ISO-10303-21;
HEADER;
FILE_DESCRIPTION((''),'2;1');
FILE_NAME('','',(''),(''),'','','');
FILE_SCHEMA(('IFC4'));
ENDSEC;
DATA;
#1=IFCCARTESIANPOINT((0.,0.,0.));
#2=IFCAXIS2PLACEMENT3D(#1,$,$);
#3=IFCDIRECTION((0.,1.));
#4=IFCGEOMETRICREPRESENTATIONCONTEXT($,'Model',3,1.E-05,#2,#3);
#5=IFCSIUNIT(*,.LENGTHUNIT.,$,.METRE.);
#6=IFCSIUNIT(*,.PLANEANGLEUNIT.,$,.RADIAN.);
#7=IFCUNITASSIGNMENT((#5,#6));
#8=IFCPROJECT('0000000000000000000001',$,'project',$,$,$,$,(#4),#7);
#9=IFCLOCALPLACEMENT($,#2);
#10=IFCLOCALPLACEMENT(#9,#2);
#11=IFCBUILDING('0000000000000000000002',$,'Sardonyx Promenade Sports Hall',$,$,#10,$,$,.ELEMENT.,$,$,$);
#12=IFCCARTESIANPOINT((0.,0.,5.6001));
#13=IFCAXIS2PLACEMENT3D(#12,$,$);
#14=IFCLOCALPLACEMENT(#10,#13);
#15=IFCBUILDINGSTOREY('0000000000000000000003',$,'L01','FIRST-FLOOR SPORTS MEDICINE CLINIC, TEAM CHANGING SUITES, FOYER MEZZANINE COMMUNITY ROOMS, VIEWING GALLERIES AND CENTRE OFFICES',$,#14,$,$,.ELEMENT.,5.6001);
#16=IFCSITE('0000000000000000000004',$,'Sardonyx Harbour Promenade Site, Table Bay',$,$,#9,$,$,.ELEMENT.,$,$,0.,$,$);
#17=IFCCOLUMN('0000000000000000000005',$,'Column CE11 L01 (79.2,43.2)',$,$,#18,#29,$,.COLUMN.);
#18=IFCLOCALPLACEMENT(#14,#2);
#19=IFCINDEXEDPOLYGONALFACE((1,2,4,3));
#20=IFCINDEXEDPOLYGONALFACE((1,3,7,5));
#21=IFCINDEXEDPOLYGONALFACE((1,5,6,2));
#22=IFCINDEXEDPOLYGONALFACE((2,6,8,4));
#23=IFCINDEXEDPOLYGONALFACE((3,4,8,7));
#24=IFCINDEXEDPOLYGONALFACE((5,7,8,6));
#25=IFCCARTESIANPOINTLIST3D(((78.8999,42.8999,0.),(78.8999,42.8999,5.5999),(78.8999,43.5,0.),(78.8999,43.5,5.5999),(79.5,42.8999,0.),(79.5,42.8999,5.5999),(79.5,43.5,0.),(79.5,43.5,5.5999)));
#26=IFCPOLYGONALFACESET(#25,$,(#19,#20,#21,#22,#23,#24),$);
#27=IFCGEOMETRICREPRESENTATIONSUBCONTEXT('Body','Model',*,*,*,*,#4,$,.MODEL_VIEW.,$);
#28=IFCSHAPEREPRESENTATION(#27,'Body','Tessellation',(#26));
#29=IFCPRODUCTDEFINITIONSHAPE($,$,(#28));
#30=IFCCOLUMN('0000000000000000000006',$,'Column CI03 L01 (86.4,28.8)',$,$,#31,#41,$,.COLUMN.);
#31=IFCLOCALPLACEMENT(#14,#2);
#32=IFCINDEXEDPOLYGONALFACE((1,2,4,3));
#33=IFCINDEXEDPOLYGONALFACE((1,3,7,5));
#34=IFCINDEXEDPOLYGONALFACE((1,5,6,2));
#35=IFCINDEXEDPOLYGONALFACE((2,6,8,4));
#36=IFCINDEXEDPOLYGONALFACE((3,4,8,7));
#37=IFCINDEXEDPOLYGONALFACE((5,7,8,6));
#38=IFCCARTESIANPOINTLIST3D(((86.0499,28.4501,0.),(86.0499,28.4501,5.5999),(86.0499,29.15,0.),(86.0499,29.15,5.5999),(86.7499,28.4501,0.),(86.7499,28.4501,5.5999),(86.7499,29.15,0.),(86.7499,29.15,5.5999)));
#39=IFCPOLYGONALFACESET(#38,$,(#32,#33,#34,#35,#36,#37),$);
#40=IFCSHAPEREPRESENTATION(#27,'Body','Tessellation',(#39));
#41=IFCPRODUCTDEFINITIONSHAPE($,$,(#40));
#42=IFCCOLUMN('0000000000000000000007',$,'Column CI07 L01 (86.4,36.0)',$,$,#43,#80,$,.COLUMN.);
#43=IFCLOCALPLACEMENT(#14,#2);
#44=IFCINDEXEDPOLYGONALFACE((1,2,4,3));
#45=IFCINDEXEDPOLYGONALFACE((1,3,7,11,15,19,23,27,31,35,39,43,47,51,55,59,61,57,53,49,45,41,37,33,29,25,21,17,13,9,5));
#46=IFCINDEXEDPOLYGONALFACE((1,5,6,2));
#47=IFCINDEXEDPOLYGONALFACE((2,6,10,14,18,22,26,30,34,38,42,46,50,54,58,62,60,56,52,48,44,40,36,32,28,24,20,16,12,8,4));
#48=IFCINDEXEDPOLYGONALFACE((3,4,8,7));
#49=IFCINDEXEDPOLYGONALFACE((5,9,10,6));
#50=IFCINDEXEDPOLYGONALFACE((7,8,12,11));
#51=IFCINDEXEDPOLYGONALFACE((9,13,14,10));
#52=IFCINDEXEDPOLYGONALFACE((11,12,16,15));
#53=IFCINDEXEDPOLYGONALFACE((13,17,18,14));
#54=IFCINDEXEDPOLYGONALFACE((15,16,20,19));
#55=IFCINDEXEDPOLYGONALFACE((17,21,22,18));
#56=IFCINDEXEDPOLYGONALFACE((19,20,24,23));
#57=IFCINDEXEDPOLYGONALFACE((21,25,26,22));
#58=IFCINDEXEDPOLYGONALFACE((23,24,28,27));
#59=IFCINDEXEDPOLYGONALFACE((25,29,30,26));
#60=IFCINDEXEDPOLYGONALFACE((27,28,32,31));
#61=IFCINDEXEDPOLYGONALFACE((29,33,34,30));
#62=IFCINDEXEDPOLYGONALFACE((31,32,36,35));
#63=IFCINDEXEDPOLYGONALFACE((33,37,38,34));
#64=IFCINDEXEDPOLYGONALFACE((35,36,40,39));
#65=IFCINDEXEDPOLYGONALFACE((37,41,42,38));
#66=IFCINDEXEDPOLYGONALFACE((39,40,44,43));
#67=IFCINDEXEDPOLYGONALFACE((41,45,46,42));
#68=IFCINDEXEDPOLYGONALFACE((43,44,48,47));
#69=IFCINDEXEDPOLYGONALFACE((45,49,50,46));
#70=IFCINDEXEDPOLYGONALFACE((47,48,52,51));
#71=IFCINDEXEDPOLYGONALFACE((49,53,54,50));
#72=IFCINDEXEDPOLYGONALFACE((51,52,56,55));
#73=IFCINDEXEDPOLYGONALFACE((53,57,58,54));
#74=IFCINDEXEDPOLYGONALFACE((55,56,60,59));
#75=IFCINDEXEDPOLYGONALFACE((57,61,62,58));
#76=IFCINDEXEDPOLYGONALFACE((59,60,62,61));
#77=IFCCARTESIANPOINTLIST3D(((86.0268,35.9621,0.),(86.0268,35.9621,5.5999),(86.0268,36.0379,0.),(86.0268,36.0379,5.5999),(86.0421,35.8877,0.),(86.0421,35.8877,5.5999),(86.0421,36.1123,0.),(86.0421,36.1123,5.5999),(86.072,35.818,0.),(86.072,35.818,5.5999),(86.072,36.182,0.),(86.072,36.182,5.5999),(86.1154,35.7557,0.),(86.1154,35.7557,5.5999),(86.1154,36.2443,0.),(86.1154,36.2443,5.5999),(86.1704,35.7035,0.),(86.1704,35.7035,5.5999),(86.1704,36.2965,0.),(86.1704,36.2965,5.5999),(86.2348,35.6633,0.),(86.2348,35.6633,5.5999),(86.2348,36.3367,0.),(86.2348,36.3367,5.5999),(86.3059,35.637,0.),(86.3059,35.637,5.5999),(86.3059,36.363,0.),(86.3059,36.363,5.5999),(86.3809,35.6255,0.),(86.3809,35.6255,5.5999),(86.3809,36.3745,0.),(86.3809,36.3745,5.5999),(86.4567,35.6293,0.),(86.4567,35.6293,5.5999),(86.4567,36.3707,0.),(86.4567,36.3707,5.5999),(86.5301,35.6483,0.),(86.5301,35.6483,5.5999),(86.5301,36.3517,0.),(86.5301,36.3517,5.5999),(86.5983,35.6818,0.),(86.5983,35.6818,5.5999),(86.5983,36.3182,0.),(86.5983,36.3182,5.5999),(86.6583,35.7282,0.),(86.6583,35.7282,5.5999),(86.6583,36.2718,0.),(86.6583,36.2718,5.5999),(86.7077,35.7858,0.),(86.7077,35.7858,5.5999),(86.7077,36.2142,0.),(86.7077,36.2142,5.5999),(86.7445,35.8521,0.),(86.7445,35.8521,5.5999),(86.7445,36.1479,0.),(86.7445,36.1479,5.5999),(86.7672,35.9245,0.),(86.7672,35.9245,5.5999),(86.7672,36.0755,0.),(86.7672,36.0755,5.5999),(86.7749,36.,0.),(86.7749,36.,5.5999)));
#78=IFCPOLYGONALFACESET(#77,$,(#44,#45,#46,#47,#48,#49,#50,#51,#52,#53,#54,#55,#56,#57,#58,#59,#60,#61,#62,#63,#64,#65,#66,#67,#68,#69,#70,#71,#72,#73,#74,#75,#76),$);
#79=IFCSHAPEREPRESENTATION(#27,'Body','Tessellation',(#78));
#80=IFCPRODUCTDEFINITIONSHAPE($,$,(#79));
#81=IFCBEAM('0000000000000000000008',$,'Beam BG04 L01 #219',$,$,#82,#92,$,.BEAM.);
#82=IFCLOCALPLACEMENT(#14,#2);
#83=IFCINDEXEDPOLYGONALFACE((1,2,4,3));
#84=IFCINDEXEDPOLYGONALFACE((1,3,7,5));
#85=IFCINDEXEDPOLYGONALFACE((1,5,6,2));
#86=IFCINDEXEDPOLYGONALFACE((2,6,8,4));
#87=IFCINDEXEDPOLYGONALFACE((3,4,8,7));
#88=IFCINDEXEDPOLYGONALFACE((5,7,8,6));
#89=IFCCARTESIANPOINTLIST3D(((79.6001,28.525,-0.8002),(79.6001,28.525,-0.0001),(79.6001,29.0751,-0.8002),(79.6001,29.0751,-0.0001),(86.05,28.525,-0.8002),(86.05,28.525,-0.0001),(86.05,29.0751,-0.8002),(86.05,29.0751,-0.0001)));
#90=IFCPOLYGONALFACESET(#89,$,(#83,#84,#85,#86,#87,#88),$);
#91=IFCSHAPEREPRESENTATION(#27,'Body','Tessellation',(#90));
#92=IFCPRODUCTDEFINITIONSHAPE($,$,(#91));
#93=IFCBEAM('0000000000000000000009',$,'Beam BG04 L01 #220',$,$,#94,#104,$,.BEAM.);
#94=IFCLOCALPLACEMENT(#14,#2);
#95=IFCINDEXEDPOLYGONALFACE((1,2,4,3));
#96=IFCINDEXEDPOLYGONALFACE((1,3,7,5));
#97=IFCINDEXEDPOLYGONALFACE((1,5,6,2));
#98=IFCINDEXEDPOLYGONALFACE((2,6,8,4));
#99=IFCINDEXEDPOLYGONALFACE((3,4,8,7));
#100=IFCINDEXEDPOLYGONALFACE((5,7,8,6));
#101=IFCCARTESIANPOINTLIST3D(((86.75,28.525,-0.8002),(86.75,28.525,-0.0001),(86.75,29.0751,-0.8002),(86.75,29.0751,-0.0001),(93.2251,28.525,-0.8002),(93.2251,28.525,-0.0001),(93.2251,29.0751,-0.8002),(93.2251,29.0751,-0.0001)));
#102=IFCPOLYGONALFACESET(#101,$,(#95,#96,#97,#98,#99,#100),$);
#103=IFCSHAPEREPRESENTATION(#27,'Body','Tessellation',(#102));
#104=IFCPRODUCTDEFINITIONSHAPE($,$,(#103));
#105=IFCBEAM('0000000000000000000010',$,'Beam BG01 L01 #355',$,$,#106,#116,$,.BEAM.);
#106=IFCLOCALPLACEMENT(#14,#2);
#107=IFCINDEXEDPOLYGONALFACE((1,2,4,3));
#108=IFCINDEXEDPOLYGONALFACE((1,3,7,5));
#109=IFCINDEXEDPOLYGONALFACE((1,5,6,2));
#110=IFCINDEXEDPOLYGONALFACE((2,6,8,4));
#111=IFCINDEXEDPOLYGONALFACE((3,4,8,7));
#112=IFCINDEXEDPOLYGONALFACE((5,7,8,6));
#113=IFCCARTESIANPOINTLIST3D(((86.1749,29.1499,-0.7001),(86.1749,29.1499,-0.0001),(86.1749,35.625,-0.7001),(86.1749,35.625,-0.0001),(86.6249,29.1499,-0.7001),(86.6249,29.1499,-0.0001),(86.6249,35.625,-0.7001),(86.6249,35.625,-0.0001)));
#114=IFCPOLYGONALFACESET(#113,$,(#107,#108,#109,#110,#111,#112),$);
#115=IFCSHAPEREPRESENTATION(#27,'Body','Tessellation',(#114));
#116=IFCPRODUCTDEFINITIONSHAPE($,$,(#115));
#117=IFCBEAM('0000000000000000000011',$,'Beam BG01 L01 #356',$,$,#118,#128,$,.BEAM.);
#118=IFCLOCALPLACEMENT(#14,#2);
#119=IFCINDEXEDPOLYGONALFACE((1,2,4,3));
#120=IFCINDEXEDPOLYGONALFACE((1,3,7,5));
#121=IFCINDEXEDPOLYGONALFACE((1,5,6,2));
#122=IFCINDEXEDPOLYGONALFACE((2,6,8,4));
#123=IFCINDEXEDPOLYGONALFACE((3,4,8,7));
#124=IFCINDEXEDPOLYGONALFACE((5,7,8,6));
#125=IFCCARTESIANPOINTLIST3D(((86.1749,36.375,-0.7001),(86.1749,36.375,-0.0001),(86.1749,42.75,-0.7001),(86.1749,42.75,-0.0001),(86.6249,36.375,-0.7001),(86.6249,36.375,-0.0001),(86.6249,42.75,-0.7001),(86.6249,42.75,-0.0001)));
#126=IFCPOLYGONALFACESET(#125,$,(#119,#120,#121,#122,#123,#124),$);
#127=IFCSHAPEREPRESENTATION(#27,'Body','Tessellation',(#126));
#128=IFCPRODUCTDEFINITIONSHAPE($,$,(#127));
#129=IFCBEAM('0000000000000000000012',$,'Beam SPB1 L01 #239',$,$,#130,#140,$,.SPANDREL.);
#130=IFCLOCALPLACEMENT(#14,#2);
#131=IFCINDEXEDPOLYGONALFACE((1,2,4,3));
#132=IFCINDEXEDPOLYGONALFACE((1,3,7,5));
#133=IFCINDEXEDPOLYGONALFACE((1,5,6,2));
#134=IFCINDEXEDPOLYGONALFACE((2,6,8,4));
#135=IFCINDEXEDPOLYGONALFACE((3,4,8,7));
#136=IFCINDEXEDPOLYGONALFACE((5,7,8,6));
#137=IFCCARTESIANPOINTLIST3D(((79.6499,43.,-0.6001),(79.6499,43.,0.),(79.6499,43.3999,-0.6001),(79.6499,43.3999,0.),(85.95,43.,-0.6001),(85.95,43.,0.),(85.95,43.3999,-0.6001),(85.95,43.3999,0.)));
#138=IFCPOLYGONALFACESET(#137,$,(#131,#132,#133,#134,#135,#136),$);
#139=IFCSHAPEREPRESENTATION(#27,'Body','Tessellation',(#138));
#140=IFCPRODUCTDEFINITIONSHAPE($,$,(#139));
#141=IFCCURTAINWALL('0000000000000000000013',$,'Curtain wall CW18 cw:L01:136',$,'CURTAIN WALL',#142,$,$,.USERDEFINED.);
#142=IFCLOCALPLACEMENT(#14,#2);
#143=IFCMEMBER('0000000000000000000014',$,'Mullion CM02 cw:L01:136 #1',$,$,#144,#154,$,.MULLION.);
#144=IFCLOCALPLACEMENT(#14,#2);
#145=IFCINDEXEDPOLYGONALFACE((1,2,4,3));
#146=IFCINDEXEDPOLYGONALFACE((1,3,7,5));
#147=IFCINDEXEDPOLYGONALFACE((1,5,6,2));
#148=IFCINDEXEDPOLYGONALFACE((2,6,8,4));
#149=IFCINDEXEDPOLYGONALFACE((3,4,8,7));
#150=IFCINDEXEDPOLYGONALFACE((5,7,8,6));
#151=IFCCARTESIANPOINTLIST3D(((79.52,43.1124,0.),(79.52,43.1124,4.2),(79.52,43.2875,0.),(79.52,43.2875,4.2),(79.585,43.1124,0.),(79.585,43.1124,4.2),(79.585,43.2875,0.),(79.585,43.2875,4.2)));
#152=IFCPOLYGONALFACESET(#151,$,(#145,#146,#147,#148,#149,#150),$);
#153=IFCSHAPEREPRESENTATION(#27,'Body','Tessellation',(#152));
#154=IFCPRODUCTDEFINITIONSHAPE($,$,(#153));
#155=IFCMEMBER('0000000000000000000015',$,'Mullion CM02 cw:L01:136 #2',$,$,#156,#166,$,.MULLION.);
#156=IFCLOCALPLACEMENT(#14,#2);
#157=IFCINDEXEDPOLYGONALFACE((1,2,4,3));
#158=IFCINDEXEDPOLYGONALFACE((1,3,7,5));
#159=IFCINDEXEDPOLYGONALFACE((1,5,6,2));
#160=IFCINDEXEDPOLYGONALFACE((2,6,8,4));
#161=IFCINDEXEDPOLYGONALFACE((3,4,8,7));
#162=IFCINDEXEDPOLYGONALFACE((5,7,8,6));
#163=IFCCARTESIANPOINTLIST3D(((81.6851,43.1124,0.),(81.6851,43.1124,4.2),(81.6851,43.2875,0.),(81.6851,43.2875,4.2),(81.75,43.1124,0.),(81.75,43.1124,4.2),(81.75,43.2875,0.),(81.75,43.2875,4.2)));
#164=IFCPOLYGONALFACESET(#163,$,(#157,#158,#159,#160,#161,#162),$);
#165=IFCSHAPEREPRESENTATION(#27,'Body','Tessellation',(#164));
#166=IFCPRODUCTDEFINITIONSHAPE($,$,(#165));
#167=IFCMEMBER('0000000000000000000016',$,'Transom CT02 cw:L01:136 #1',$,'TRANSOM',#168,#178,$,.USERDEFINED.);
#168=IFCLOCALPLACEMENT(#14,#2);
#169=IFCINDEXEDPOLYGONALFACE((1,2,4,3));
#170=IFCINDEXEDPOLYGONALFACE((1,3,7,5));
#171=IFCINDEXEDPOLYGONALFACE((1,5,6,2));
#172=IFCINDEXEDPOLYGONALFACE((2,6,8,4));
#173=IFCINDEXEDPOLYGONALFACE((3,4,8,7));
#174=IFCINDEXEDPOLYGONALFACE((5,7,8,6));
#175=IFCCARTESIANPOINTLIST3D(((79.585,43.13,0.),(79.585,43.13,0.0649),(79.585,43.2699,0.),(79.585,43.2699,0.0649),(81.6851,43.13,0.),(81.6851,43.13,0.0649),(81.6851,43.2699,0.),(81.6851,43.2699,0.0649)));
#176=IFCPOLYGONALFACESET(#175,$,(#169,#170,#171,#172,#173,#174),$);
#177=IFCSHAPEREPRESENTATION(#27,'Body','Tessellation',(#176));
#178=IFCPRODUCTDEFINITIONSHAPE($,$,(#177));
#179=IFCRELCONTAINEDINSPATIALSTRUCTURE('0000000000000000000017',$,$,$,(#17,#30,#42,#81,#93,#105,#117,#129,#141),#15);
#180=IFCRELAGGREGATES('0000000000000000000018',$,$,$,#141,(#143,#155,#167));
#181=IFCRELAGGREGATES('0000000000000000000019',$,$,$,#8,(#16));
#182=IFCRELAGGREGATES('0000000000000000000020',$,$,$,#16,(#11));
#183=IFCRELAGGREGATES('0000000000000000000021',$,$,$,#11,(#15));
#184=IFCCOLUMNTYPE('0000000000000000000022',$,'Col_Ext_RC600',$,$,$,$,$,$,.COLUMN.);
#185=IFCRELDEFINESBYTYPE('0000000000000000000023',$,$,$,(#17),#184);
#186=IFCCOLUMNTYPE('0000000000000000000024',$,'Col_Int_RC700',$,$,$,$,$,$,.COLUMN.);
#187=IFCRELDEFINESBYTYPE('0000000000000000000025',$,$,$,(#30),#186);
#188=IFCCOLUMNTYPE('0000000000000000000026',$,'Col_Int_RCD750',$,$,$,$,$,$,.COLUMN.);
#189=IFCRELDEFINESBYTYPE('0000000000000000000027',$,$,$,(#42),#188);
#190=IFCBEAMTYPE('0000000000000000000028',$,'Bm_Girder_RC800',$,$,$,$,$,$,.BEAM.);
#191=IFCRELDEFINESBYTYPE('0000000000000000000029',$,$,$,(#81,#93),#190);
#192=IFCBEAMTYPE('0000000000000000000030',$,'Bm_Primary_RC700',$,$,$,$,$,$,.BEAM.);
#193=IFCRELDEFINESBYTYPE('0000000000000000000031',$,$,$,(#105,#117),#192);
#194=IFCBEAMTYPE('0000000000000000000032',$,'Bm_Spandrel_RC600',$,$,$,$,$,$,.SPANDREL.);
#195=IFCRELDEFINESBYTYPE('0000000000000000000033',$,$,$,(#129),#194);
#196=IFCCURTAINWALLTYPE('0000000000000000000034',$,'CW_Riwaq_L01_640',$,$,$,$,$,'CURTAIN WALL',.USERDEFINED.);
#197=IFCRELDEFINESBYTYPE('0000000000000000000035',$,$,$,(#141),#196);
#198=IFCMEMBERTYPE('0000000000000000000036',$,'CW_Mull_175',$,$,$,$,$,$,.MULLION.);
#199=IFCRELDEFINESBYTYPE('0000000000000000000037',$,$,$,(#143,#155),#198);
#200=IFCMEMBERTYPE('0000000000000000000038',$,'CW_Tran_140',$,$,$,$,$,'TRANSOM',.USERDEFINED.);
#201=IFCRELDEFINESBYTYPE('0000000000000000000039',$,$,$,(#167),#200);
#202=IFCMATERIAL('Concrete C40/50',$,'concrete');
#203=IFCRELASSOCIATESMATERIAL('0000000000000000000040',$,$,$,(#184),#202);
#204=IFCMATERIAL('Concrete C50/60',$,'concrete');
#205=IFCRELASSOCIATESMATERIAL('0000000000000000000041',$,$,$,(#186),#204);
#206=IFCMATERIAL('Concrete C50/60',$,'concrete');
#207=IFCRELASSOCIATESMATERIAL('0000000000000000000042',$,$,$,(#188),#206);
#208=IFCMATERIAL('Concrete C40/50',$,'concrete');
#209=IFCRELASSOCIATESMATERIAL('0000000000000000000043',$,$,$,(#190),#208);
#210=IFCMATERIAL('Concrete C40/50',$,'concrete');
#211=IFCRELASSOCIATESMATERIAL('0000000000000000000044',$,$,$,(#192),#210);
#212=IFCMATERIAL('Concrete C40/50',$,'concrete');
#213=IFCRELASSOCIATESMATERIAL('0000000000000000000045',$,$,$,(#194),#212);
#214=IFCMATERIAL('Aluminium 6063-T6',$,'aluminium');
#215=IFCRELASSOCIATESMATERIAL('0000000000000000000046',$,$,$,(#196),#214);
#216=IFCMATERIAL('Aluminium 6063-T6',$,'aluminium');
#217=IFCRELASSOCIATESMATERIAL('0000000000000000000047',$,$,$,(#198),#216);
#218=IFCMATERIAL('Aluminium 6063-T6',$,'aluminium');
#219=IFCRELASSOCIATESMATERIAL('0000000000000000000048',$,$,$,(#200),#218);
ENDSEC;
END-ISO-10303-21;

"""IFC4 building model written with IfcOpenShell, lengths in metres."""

from ifc_helpers import new_model, si_unit, direction, frame, origin, origin_2d, place, context, subcontext, project, spatial, rectangle, circle, extrude, material, material_profile, profile_set, type_object, element, aggregate, save


model = new_model("IFC4")

# Units and contexts
model_context = context("Model", 3, precision=1e-05, world=origin(), true_north=direction((0.0, 1.0)))
body_context = subcontext(model_context, "Body", "Model", "MODEL_VIEW")
ifc_project = project(units=[si_unit("LENGTHUNIT", "METRE"), si_unit("PLANEANGLEUNIT", "RADIAN")], contexts=[model_context])

# Site, building, storey
site_placement = place(None, origin())
site = spatial("IfcSite", under=ifc_project, at=site_placement, Name="Sardonyx Harbour Promenade Site, Table Bay", CompositionType="ELEMENT", RefElevation=0.0)
building_placement = place(site_placement, origin())
building = spatial("IfcBuilding", under=site, at=building_placement, Name="Sardonyx Promenade Sports Hall", CompositionType="ELEMENT")
storey_placement = place(building_placement, frame((0.0, 0.0, 5.6001)))
storey = spatial("IfcBuildingStorey", under=building, at=storey_placement, Name="L01", Description="FIRST-FLOOR SPORTS MEDICINE CLINIC, TEAM CHANGING SUITES, FOYER MEZZANINE COMMUNITY ROOMS, VIEWING GALLERIES AND CENTRE OFFICES", CompositionType="ELEMENT", Elevation=5.6001)

# Columns
ifc_material_1 = material(Name="Concrete C40/50", Category="concrete")
ifc_material_profile_1 = material_profile(ifc_material_1, rectangle(XDim=0.6001, YDim=0.6001, at=origin_2d()))
ifc_profile_set_1 = profile_set([ifc_material_profile_1], Name="Concrete C40/50")
column_type_1 = type_object("IfcColumnType", Name="Col_Ext_RC600", PredefinedType="COLUMN", material=ifc_profile_set_1)
column_1_placement = place(storey_placement, frame((79.2, 43.2, 0.0), z_axis=(0.0, 0.0, 1.0), x_axis=(1.0, 0.0, 0.0)))
element("IfcColumn", 1, at=column_1_placement, inside=storey, type_object=column_type_1, Name="Column CE11 L01 (79.2,43.2)", PredefinedType="COLUMN", context=body_context, shape_type="SweptSolid", body=[
    extrude(rectangle(XDim=0.6001, YDim=0.6001, at=origin_2d()), origin(), (0.0, 0.0, 1.0), 5.5999),
])
ifc_material_2 = material(Name="Concrete C50/60", Category="concrete")
ifc_material_profile_2 = material_profile(ifc_material_2, rectangle(XDim=0.7, YDim=0.7, at=origin_2d()))
ifc_profile_set_2 = profile_set([ifc_material_profile_2], Name="Concrete C50/60")
column_type_2 = type_object("IfcColumnType", Name="Col_Int_RC700", PredefinedType="COLUMN", material=ifc_profile_set_2)
column_2_placement = place(storey_placement, frame((86.3999, 28.8, 0.0), z_axis=(0.0, 0.0, 1.0), x_axis=(1.0, 0.0, 0.0)))
element("IfcColumn", 2, at=column_2_placement, inside=storey, type_object=column_type_2, Name="Column CI03 L01 (86.4,28.8)", PredefinedType="COLUMN", context=body_context, shape_type="SweptSolid", body=[
    extrude(rectangle(XDim=0.7, YDim=0.7, at=origin_2d()), origin(), (0.0, 0.0, 1.0), 5.5999),
])
ifc_material_3 = material(Name="Concrete C50/60", Category="concrete")
ifc_material_profile_3 = material_profile(ifc_material_3, circle(Radius=0.375, at=origin_2d()))
ifc_profile_set_3 = profile_set([ifc_material_profile_3], Name="Concrete C50/60")
column_type_3 = type_object("IfcColumnType", Name="Col_Int_RCD750", PredefinedType="COLUMN", material=ifc_profile_set_3)
column_3_placement = place(storey_placement, frame((86.3999, 36.0, 0.0), z_axis=(0.0, 0.0, 1.0), x_axis=(1.0, 0.0, 0.0)))
element("IfcColumn", 3, at=column_3_placement, inside=storey, type_object=column_type_3, Name="Column CI07 L01 (86.4,36.0)", PredefinedType="COLUMN", context=body_context, shape_type="SweptSolid", body=[
    extrude(circle(Radius=0.375, at=origin_2d()), origin(), (0.0, 0.0, 1.0), 5.5999),
])

# Beams
ifc_material_4 = material(Name="Concrete C40/50", Category="concrete")
ifc_material_profile_4 = material_profile(ifc_material_4, rectangle(XDim=0.55, YDim=0.8, at=origin_2d()))
ifc_profile_set_4 = profile_set([ifc_material_profile_4], Name="Concrete C40/50")
beam_type_1 = type_object("IfcBeamType", Name="Bm_Girder_RC800", PredefinedType="BEAM", material=ifc_profile_set_4)
beam_1_placement = place(storey_placement, frame((79.6001, 28.8, -0.4001), z_axis=(1.0, 0.0, 0.0), x_axis=(0.0, 1.0, 0.0)))
element("IfcBeam", 4, at=beam_1_placement, inside=storey, type_object=beam_type_1, Name="Beam BG04 L01 #219", PredefinedType="BEAM", context=body_context, shape_type="SweptSolid", body=[
    extrude(rectangle(XDim=0.55, YDim=0.8, at=origin_2d()), origin(), (0.0, 0.0, 1.0), 6.45),
])
beam_2_placement = place(storey_placement, frame((86.75, 28.8, -0.4001), z_axis=(1.0, 0.0, 0.0), x_axis=(0.0, 1.0, 0.0)))
element("IfcBeam", 5, at=beam_2_placement, inside=storey, type_object=beam_type_1, Name="Beam BG04 L01 #220", PredefinedType="BEAM", context=body_context, shape_type="SweptSolid", body=[
    extrude(rectangle(XDim=0.55, YDim=0.8, at=origin_2d()), origin(), (0.0, 0.0, 1.0), 6.4751),
])
ifc_material_5 = material(Name="Concrete C40/50", Category="concrete")
ifc_material_profile_5 = material_profile(ifc_material_5, rectangle(XDim=0.45, YDim=0.7, at=origin_2d()))
ifc_profile_set_5 = profile_set([ifc_material_profile_5], Name="Concrete C40/50")
beam_type_2 = type_object("IfcBeamType", Name="Bm_Primary_RC700", PredefinedType="BEAM", material=ifc_profile_set_5)
beam_3_placement = place(storey_placement, frame((86.3999, 29.1499, -0.3501), z_axis=(0.0, 1.0, 0.0), x_axis=(-1.0, 0.0, 0.0)))
element("IfcBeam", 6, at=beam_3_placement, inside=storey, type_object=beam_type_2, Name="Beam BG01 L01 #355", PredefinedType="BEAM", context=body_context, shape_type="SweptSolid", body=[
    extrude(rectangle(XDim=0.45, YDim=0.7, at=origin_2d()), origin(), (0.0, 0.0, 1.0), 6.4751),
])
beam_4_placement = place(storey_placement, frame((86.3999, 36.375, -0.3501), z_axis=(0.0, 1.0, 0.0), x_axis=(-1.0, 0.0, 0.0)))
element("IfcBeam", 7, at=beam_4_placement, inside=storey, type_object=beam_type_2, Name="Beam BG01 L01 #356", PredefinedType="BEAM", context=body_context, shape_type="SweptSolid", body=[
    extrude(rectangle(XDim=0.45, YDim=0.7, at=origin_2d()), origin(), (0.0, 0.0, 1.0), 6.375),
])
ifc_material_6 = material(Name="Concrete C40/50", Category="concrete")
ifc_material_profile_6 = material_profile(ifc_material_6, rectangle(XDim=0.3999, YDim=0.6001, at=origin_2d()))
ifc_profile_set_6 = profile_set([ifc_material_profile_6], Name="Concrete C40/50")
beam_type_3 = type_object("IfcBeamType", Name="Bm_Spandrel_RC600", PredefinedType="SPANDREL", material=ifc_profile_set_6)
beam_5_placement = place(storey_placement, frame((79.6499, 43.2, -0.3), z_axis=(1.0, 0.0, 0.0), x_axis=(0.0, 1.0, 0.0)))
element("IfcBeam", 8, at=beam_5_placement, inside=storey, type_object=beam_type_3, Name="Beam SPB1 L01 #239", PredefinedType="SPANDREL", context=body_context, shape_type="SweptSolid", body=[
    extrude(rectangle(XDim=0.3999, YDim=0.6001, at=origin_2d()), origin(), (0.0, 0.0, 1.0), 6.3),
])

# Curtain wall, members
ifc_material_7 = material(Name="Aluminium 6063-T6", Category="aluminium")
curtain_wall_type = type_object("IfcCurtainWallType", Name="CW_Riwaq_L01_640", ElementType="CURTAIN WALL", PredefinedType="USERDEFINED", material=ifc_material_7)
curtain_wall_placement = place(storey_placement, origin())
curtain_wall = element("IfcCurtainWall", 9, at=curtain_wall_placement, inside=storey, type_object=curtain_wall_type, Name="Curtain wall CW18 cw:L01:136", ObjectType="CURTAIN WALL", PredefinedType="USERDEFINED")
ifc_material_8 = material(Name="Aluminium 6063-T6", Category="aluminium")
ifc_material_profile_7 = material_profile(ifc_material_8, rectangle(XDim=0.0649, YDim=0.175, at=origin_2d()))
ifc_profile_set_7 = profile_set([ifc_material_profile_7], Name="Aluminium 6063-T6")
member_type_1 = type_object("IfcMemberType", Name="CW_Mull_175", PredefinedType="MULLION", material=ifc_profile_set_7)
member_1_placement = place(storey_placement, frame((79.5525, 43.2, 0.0), z_axis=(0.0, 0.0, 1.0), x_axis=(1.0, 0.0, 0.0)))
member_1 = element("IfcMember", 10, at=member_1_placement, type_object=member_type_1, Name="Mullion CM02 cw:L01:136 #1", PredefinedType="MULLION", context=body_context, shape_type="SweptSolid", body=[
    extrude(rectangle(XDim=0.0649, YDim=0.175, at=origin_2d()), origin(), (0.0, 0.0, 1.0), 4.2),
])
member_2_placement = place(storey_placement, frame((81.7175, 43.2, 0.0), z_axis=(0.0, 0.0, 1.0), x_axis=(1.0, 0.0, 0.0)))
member_2 = element("IfcMember", 11, at=member_2_placement, type_object=member_type_1, Name="Mullion CM02 cw:L01:136 #2", PredefinedType="MULLION", context=body_context, shape_type="SweptSolid", body=[
    extrude(rectangle(XDim=0.0649, YDim=0.175, at=origin_2d()), origin(), (0.0, 0.0, 1.0), 4.2),
])
ifc_material_9 = material(Name="Aluminium 6063-T6", Category="aluminium")
ifc_material_profile_8 = material_profile(ifc_material_9, rectangle(XDim=0.0649, YDim=0.1399, at=origin_2d()))
ifc_profile_set_8 = profile_set([ifc_material_profile_8], Name="Aluminium 6063-T6")
member_type_2 = type_object("IfcMemberType", Name="CW_Tran_140", ElementType="TRANSOM", PredefinedType="USERDEFINED", material=ifc_profile_set_8)
member_3_placement = place(storey_placement, frame((79.585, 43.2, 0.0325), z_axis=(1.0, 0.0, 0.0), x_axis=(0.0, 0.0, 1.0)))
member_3 = element("IfcMember", 12, at=member_3_placement, type_object=member_type_2, Name="Transom CT02 cw:L01:136 #1", ObjectType="TRANSOM", PredefinedType="USERDEFINED", context=body_context, shape_type="SweptSolid", body=[
    extrude(rectangle(XDim=0.0649, YDim=0.1399, at=origin_2d()), origin(), (0.0, 0.0, 1.0), 2.1001),
])
aggregate(curtain_wall, [member_1, member_2, member_3])

save(model, "model.ifc")
